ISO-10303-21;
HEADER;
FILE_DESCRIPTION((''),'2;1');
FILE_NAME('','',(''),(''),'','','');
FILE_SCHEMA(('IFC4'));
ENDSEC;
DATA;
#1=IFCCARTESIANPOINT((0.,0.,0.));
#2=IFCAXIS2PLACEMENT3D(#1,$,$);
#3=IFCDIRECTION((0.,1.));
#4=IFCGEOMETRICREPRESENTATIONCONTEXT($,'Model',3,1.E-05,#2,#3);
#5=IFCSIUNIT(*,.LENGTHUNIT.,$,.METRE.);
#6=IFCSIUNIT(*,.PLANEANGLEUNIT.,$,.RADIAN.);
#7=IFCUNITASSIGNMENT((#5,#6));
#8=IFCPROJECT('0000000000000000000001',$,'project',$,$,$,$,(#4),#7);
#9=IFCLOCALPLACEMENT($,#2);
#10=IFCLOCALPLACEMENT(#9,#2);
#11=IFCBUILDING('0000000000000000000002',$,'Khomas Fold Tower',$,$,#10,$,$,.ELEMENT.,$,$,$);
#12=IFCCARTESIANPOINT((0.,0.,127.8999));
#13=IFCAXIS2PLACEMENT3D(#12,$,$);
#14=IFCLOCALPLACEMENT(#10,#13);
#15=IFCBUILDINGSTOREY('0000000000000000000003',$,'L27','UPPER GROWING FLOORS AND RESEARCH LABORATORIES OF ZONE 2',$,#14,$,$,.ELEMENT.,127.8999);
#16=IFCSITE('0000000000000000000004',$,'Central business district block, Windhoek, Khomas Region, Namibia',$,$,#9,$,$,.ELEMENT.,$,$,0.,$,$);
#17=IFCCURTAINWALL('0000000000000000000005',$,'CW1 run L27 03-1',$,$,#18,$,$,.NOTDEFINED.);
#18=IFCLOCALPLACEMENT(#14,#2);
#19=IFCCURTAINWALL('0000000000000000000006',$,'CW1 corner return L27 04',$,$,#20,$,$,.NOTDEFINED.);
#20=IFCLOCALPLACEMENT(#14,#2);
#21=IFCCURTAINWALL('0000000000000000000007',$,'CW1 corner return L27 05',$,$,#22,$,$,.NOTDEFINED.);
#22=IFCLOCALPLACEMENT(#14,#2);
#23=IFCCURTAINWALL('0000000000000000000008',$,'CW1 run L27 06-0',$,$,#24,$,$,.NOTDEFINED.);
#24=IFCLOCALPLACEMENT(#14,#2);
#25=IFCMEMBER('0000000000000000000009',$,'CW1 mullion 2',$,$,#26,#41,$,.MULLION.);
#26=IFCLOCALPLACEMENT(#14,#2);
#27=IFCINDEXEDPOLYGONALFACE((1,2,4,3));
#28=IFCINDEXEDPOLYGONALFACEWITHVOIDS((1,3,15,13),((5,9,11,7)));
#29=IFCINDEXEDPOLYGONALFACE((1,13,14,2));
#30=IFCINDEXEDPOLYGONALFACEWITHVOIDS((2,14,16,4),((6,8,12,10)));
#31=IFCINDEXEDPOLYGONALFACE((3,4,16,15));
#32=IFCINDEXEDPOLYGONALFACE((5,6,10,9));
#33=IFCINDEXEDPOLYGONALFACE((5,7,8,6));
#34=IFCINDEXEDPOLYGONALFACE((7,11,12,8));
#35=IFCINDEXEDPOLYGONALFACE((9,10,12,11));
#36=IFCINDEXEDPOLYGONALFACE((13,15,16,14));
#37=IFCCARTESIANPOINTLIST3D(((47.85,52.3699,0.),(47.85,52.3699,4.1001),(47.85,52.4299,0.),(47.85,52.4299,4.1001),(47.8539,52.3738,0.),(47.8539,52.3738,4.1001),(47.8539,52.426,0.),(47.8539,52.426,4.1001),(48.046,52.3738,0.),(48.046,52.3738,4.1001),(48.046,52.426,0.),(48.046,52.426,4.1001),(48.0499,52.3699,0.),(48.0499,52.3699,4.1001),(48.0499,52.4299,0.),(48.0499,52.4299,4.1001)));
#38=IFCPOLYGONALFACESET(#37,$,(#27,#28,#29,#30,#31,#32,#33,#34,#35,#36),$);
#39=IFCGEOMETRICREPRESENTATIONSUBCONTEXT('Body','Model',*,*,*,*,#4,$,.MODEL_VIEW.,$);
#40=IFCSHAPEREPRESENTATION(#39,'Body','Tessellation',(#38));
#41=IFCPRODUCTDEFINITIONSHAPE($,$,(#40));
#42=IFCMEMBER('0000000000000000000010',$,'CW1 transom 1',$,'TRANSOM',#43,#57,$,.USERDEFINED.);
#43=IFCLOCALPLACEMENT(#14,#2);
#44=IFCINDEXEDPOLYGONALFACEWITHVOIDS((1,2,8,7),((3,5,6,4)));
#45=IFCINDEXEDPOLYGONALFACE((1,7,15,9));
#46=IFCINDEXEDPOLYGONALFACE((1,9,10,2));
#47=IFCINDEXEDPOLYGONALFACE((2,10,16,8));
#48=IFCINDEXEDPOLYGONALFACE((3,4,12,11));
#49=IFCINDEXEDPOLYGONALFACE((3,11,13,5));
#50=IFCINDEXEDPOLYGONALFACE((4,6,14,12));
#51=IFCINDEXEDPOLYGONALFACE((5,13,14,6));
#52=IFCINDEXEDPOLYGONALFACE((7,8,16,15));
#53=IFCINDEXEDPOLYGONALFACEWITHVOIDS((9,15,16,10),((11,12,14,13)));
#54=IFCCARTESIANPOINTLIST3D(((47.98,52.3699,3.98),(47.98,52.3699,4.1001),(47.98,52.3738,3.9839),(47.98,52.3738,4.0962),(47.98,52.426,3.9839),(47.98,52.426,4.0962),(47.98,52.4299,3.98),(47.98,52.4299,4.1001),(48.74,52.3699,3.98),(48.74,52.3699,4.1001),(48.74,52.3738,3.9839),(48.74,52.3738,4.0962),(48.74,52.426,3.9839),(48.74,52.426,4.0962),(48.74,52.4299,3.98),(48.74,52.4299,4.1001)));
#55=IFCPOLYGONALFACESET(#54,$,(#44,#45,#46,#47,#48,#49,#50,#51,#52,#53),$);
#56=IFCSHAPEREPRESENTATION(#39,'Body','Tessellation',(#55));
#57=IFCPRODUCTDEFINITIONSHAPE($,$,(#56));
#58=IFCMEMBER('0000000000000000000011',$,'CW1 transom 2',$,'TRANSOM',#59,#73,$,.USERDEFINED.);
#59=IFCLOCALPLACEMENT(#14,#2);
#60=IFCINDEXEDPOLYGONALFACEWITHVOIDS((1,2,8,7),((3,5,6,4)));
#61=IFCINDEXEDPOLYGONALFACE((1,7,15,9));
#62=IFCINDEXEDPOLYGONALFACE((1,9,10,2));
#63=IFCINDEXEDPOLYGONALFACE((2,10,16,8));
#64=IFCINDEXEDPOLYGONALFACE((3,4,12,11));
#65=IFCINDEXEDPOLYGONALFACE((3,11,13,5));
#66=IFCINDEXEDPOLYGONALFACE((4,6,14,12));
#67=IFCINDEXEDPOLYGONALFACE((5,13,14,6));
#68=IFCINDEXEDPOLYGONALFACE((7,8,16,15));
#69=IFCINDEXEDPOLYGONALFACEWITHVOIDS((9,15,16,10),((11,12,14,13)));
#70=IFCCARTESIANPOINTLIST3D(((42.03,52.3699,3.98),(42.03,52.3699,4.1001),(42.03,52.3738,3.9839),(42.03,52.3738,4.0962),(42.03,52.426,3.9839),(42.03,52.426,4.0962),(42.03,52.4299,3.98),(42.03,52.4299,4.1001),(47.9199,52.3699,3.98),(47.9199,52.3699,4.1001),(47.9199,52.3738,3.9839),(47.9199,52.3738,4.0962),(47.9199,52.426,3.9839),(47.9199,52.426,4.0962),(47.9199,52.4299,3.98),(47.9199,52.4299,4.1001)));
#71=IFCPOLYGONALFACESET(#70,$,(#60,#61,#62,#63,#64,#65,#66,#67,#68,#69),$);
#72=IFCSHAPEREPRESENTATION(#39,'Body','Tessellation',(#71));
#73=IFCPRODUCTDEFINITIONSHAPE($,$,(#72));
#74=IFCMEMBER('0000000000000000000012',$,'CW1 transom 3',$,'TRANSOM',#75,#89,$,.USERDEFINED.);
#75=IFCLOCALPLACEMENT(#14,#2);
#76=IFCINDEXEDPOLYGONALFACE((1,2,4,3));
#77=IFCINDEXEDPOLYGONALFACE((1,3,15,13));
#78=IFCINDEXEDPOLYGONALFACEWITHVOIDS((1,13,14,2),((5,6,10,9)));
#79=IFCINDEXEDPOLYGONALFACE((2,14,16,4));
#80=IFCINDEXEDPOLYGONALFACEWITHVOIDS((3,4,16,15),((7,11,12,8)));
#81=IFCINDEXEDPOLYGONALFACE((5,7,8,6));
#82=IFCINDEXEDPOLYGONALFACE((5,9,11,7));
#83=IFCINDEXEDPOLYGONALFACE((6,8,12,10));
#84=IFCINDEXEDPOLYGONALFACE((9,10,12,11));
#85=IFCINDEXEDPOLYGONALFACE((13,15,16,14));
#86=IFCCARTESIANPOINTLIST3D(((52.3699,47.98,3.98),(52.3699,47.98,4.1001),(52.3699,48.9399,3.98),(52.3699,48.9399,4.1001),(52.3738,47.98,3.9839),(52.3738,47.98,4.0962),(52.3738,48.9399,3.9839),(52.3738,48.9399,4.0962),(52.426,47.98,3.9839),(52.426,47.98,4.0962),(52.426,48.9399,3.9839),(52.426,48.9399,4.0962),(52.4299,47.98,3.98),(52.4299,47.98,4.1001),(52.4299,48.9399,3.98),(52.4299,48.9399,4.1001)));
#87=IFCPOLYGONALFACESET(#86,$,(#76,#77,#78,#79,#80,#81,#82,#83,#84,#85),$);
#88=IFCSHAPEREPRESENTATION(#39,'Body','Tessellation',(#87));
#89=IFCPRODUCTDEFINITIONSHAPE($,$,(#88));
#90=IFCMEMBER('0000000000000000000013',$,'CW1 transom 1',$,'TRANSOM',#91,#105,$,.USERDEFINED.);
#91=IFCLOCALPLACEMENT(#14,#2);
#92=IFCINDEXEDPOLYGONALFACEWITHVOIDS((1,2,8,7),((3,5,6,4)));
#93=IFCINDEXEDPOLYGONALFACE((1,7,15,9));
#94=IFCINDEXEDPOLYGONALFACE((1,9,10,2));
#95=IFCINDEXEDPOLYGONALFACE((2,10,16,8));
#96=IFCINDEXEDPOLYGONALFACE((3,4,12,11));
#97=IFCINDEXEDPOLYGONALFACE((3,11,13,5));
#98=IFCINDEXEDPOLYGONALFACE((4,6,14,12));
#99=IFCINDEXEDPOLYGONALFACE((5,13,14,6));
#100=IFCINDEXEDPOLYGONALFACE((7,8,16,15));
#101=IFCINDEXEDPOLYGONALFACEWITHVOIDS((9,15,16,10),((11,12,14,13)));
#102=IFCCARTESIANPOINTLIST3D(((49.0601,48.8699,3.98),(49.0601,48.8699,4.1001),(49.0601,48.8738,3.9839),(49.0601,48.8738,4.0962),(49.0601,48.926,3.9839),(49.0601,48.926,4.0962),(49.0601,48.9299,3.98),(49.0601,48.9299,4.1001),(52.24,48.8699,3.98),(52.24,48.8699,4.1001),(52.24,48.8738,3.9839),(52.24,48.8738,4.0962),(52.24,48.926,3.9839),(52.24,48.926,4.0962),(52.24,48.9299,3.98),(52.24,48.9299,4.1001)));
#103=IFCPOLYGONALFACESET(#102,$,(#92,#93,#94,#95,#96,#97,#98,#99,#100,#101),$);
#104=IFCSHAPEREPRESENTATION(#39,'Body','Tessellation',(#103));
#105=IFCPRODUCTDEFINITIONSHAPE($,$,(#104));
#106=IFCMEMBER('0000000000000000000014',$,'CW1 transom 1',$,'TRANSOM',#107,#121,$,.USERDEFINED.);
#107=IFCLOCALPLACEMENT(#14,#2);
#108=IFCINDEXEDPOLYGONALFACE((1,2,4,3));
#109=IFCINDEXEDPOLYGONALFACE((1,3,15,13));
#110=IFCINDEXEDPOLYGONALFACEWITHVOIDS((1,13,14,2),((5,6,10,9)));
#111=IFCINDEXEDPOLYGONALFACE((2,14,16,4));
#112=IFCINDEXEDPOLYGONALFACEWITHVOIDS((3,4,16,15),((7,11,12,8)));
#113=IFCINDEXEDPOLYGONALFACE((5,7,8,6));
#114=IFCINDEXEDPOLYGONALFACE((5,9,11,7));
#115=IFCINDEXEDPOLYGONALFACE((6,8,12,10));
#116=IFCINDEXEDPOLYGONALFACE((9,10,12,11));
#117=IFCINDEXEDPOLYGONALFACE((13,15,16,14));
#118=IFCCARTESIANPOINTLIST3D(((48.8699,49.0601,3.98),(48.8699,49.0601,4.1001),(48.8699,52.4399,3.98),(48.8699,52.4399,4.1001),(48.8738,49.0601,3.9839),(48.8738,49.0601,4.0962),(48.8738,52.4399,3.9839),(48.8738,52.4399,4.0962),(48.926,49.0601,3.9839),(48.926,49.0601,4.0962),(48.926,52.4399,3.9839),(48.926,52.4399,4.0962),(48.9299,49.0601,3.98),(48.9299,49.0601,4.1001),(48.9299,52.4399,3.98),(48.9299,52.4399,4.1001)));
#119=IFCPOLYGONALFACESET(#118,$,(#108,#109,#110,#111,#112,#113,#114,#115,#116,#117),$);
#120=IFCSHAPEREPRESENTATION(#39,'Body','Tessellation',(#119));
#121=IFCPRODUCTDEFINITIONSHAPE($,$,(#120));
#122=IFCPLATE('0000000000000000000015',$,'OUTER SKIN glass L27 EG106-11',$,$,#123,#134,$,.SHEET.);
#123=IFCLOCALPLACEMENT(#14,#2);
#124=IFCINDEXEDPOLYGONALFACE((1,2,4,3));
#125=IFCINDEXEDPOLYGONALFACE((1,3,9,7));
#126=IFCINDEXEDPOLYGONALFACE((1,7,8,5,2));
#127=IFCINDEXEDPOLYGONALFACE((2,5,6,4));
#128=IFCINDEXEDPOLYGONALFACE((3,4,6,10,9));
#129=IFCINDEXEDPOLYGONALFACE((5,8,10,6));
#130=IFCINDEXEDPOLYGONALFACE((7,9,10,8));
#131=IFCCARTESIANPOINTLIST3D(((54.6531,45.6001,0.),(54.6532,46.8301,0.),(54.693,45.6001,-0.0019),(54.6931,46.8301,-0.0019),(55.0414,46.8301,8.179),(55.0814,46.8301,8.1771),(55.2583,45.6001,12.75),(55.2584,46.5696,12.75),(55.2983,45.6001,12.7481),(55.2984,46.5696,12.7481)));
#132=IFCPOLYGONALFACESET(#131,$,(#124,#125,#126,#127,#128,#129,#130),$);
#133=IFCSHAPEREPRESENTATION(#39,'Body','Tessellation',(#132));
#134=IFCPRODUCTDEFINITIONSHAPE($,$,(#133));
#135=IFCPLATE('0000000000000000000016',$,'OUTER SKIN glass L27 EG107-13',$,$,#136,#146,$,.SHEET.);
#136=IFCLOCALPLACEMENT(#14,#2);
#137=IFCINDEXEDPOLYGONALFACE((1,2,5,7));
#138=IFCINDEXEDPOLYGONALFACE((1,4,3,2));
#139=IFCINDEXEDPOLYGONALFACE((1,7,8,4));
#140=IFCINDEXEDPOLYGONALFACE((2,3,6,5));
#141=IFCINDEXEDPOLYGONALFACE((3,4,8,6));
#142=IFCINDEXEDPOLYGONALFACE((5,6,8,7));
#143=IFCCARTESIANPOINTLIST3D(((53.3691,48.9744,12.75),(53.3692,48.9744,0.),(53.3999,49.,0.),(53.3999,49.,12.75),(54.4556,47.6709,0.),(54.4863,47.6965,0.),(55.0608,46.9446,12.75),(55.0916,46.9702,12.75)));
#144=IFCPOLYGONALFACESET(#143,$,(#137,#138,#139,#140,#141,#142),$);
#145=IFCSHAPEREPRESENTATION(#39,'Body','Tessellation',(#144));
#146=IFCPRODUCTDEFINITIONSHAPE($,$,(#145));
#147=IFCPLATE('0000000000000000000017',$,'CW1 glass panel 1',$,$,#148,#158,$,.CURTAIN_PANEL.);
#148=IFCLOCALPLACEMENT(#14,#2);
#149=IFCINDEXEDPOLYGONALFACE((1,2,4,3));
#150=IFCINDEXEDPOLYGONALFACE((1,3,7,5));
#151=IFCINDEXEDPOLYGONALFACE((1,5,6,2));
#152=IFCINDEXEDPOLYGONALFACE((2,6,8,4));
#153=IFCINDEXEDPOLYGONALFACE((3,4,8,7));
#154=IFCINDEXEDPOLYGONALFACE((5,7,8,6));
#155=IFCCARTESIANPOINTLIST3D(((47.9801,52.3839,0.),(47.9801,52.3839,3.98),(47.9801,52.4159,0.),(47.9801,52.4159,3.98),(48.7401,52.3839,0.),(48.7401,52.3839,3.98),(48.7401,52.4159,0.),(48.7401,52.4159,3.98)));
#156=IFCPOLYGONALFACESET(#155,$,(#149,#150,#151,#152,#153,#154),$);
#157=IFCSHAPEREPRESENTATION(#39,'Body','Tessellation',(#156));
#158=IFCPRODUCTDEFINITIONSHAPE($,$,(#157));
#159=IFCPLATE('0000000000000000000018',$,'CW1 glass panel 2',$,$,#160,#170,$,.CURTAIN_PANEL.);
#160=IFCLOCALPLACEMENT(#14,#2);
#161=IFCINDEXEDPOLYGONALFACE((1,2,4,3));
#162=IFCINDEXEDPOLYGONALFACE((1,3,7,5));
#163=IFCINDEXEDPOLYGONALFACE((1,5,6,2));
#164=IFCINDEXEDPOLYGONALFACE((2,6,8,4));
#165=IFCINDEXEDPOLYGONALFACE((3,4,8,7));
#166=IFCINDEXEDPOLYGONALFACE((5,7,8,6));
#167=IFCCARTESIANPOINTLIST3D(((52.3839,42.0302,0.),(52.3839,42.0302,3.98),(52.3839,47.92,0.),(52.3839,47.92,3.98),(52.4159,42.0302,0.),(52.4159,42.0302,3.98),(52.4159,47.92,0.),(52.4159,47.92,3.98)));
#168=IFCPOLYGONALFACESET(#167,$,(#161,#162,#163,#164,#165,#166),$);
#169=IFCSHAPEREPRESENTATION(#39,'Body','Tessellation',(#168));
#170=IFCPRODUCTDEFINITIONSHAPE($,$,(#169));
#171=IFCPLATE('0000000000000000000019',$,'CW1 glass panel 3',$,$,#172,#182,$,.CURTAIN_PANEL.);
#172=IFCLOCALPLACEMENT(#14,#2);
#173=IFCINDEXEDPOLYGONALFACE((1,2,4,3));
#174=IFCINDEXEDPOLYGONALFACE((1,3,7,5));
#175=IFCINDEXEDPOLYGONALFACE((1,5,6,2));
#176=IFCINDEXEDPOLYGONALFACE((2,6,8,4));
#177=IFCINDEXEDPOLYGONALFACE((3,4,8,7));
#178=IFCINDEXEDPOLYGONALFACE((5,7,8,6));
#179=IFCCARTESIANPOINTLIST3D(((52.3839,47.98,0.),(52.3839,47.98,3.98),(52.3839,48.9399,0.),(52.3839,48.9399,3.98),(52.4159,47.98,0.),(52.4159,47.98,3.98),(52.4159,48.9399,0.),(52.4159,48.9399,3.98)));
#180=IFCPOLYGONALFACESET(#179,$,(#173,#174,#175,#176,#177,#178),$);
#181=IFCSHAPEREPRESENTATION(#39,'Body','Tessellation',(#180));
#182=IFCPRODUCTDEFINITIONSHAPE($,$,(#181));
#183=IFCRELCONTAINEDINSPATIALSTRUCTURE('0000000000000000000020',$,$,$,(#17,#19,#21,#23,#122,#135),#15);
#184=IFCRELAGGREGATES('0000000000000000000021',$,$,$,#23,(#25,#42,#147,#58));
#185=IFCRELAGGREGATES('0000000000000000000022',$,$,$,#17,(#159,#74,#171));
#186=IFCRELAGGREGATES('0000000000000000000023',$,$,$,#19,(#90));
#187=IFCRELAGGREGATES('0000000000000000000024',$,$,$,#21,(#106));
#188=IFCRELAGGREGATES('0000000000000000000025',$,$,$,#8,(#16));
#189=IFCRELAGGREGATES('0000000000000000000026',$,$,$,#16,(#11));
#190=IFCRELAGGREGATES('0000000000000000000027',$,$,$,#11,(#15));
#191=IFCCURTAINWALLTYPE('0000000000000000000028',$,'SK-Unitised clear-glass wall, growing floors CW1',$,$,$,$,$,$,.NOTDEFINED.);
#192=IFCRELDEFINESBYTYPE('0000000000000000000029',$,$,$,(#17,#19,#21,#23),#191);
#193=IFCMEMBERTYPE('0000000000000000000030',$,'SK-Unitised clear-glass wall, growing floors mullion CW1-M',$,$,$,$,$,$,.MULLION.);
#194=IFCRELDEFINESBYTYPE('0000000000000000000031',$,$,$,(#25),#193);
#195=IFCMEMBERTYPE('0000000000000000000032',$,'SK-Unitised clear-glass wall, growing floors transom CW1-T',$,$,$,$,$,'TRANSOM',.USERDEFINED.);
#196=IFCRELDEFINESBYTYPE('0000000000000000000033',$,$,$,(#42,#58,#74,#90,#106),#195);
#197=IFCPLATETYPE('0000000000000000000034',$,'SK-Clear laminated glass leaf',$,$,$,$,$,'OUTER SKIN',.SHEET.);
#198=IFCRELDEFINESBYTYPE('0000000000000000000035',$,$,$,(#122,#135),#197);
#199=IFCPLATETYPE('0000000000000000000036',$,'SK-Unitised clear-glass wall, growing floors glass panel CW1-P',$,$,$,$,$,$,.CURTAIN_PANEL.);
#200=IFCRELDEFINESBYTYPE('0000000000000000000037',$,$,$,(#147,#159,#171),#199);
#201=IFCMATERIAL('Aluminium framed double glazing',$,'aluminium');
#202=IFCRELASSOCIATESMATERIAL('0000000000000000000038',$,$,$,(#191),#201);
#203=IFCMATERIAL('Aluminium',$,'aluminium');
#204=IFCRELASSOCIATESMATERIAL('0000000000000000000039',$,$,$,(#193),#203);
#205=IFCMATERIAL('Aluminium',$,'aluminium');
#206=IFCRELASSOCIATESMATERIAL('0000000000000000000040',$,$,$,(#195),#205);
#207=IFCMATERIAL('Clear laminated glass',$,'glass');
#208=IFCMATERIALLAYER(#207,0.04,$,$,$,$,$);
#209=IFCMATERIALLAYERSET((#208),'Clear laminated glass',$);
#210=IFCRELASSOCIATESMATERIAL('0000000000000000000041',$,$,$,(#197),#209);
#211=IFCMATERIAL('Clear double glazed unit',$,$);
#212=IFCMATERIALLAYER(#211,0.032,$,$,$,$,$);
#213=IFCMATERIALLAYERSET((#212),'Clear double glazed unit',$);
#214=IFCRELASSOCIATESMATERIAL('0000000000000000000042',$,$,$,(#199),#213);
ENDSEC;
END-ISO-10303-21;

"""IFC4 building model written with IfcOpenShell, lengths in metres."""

from ifc_helpers import new_model, si_unit, direction, frame, origin, origin_2d, place, context, subcontext, project, spatial, polyline, rectangle, hollow_rectangle, outline, extrude, source, transform, mapped, material, layer, layer_set, material_profile, profile_set, type_object, element, aggregate, save


model = new_model("IFC4")

# Units and contexts
model_context = context("Model", 3, precision=1e-05, world=origin(), true_north=direction((0.0, 1.0)))
body_context = subcontext(model_context, "Body", "Model", "MODEL_VIEW")
ifc_project = project(units=[si_unit("LENGTHUNIT", "METRE"), si_unit("PLANEANGLEUNIT", "RADIAN")], contexts=[model_context])

# Site, building, storey
site_placement = place(None, origin())
site = spatial("IfcSite", under=ifc_project, at=site_placement, Name="Central business district block, Windhoek, Khomas Region, Namibia", CompositionType="ELEMENT", RefElevation=0.0)
building_placement = place(site_placement, origin())
building = spatial("IfcBuilding", under=site, at=building_placement, Name="Khomas Fold Tower", CompositionType="ELEMENT")
storey_placement = place(building_placement, frame((0.0, 0.0, 127.8999)))
storey = spatial("IfcBuildingStorey", under=building, at=storey_placement, Name="L27", Description="UPPER GROWING FLOORS AND RESEARCH LABORATORIES OF ZONE 2", CompositionType="ELEMENT", Elevation=127.8999)

# Curtain walls, members
ifc_material_1 = material(Name="Aluminium framed double glazing", Category="aluminium")
curtain_wall_type = type_object("IfcCurtainWallType", Name="SK-Unitised clear-glass wall, growing floors CW1", PredefinedType="NOTDEFINED", material=ifc_material_1)
curtain_wall_1_placement = place(storey_placement, origin())
curtain_wall_1 = element("IfcCurtainWall", 1, at=curtain_wall_1_placement, inside=storey, type_object=curtain_wall_type, Name="CW1 run L27 03-1", PredefinedType="NOTDEFINED")
ifc_material_2 = material(Name="Aluminium", Category="aluminium")
ifc_material_profile_1 = material_profile(ifc_material_2, hollow_rectangle(XDim=0.0601, YDim=0.2, WallThickness=0.0039, at=origin_2d()), Name="SK-Unitised clear-glass wall, growing floors mullion CW1-M")
ifc_profile_set_1 = profile_set([ifc_material_profile_1], Name="Aluminium")
member_type_1 = type_object("IfcMemberType", Name="SK-Unitised clear-glass wall, growing floors mullion CW1-M", PredefinedType="MULLION", material=ifc_profile_set_1)
shared_shape_1 = source(origin(), body_context, "Body", "SweptSolid", [
    extrude(hollow_rectangle(XDim=0.0601, YDim=0.2, WallThickness=0.0039, at=origin_2d()), origin(), (0.0, 0.0, 1.0), 4.1001),
])
curtain_wall_2_placement = place(storey_placement, origin())
curtain_wall_2 = element("IfcCurtainWall", 2, at=curtain_wall_2_placement, inside=storey, type_object=curtain_wall_type, Name="CW1 corner return L27 04", PredefinedType="NOTDEFINED")
curtain_wall_3_placement = place(storey_placement, origin())
curtain_wall_3 = element("IfcCurtainWall", 3, at=curtain_wall_3_placement, inside=storey, type_object=curtain_wall_type, Name="CW1 corner return L27 05", PredefinedType="NOTDEFINED")
curtain_wall_4_placement = place(storey_placement, origin())
curtain_wall_4 = element("IfcCurtainWall", 4, at=curtain_wall_4_placement, inside=storey, type_object=curtain_wall_type, Name="CW1 run L27 06-0", PredefinedType="NOTDEFINED")
member_1_placement = place(storey_placement, frame((47.95, 52.3999, 0.0), z_axis=(0.0, 0.0, 1.0), x_axis=(0.0, -1.0, 0.0)))
member_1 = element("IfcMember", 5, at=member_1_placement, type_object=member_type_1, Name="CW1 mullion 2", PredefinedType="MULLION", context=body_context, shape_type="MappedRepresentation", body=[
    mapped(shared_shape_1, transform((0.0, 0.0, 0.0))),
])
ifc_material_3 = material(Name="Aluminium", Category="aluminium")
ifc_material_profile_2 = material_profile(ifc_material_3, hollow_rectangle(XDim=0.0601, YDim=0.1201, WallThickness=0.0039, at=origin_2d()), Name="SK-Unitised clear-glass wall, growing floors transom CW1-T")
ifc_profile_set_2 = profile_set([ifc_material_profile_2], Name="Aluminium")
member_type_2 = type_object("IfcMemberType", Name="SK-Unitised clear-glass wall, growing floors transom CW1-T", ElementType="TRANSOM", PredefinedType="USERDEFINED", material=ifc_profile_set_2)
shared_shape_2 = source(origin(), body_context, "Body", "SweptSolid", [
    extrude(hollow_rectangle(XDim=0.0601, YDim=0.1201, WallThickness=0.0039, at=origin_2d()), origin(), (0.0, 0.0, 1.0), 0.76),
])
member_2_placement = place(storey_placement, frame((48.74, 52.3999, 4.04), z_axis=(-1.0, 0.0, 0.0), x_axis=(0.0, -1.0, 0.0)))
member_2 = element("IfcMember", 6, at=member_2_placement, type_object=member_type_2, Name="CW1 transom 1", ObjectType="TRANSOM", PredefinedType="USERDEFINED", context=body_context, shape_type="MappedRepresentation", body=[
    mapped(shared_shape_2, transform((0.0, 0.0, 0.0))),
])
shared_shape_3 = source(origin(), body_context, "Body", "SweptSolid", [
    extrude(hollow_rectangle(XDim=0.0601, YDim=0.1201, WallThickness=0.0039, at=origin_2d()), origin(), (0.0, 0.0, 1.0), 5.8899),
])
member_3_placement = place(storey_placement, frame((47.9199, 52.3999, 4.04), z_axis=(-1.0, 0.0, 0.0), x_axis=(0.0, -1.0, 0.0)))
member_3 = element("IfcMember", 7, at=member_3_placement, type_object=member_type_2, Name="CW1 transom 2", ObjectType="TRANSOM", PredefinedType="USERDEFINED", context=body_context, shape_type="MappedRepresentation", body=[
    mapped(shared_shape_3, transform((0.0, 0.0, 0.0))),
])

# Members
shared_shape_4 = source(origin(), body_context, "Body", "SweptSolid", [
    extrude(hollow_rectangle(XDim=0.0601, YDim=0.1201, WallThickness=0.0039, at=origin_2d()), origin(), (0.0, 0.0, 1.0), 0.96),
])
member_4_placement = place(storey_placement, frame((52.3999, 47.98, 4.04), z_axis=(0.0, 1.0, 0.0), x_axis=(-1.0, 0.0, 0.0)))
member_4 = element("IfcMember", 8, at=member_4_placement, type_object=member_type_2, Name="CW1 transom 3", ObjectType="TRANSOM", PredefinedType="USERDEFINED", context=body_context, shape_type="MappedRepresentation", body=[
    mapped(shared_shape_4, transform((0.0, 0.0, 0.0))),
])
shared_shape_5 = source(origin(), body_context, "Body", "SweptSolid", [
    extrude(hollow_rectangle(XDim=0.0601, YDim=0.1201, WallThickness=0.0039, at=origin_2d()), origin(), (0.0, 0.0, 1.0), 3.1799),
])
member_5_placement = place(storey_placement, frame((52.24, 48.8999, 4.04), z_axis=(-1.0, 0.0, 0.0), x_axis=(0.0, -1.0, 0.0)))
member_5 = element("IfcMember", 9, at=member_5_placement, type_object=member_type_2, Name="CW1 transom 1", ObjectType="TRANSOM", PredefinedType="USERDEFINED", context=body_context, shape_type="MappedRepresentation", body=[
    mapped(shared_shape_5, transform((0.0, 0.0, 0.0))),
])
shared_shape_6 = source(origin(), body_context, "Body", "SweptSolid", [
    extrude(hollow_rectangle(XDim=0.0601, YDim=0.1201, WallThickness=0.0039, at=origin_2d()), origin(), (0.0, 0.0, 1.0), 3.3799),
])
member_6_placement = place(storey_placement, frame((48.8999, 49.0601, 4.04), z_axis=(0.0, 1.0, 0.0), x_axis=(-1.0, 0.0, 0.0)))
member_6 = element("IfcMember", 10, at=member_6_placement, type_object=member_type_2, Name="CW1 transom 1", ObjectType="TRANSOM", PredefinedType="USERDEFINED", context=body_context, shape_type="MappedRepresentation", body=[
    mapped(shared_shape_6, transform((0.0, 0.0, 0.0))),
])

# Plates
ifc_material_4 = material(Name="Clear laminated glass", Category="glass")
ifc_layer_1 = layer(ifc_material_4, 0.04)
ifc_layer_set_1 = layer_set([ifc_layer_1], Name="Clear laminated glass")
plate_type_1 = type_object("IfcPlateType", Name="SK-Clear laminated glass leaf", ElementType="OUTER SKIN", PredefinedType="SHEET", material=ifc_layer_set_1)
plate_1_placement = place(storey_placement, frame((55.2583, 45.6001, 12.75), z_axis=(-0.998875, 0.000078, 0.047417), x_axis=(0.000078, 1.0, -0.000004)))
element("IfcPlate", 11, at=plate_1_placement, inside=storey, type_object=plate_type_1, Name="OUTER SKIN glass L27 EG106-11", PredefinedType="SHEET", context=body_context, shape_type="SweptSolid", body=[
    extrude(outline(polyline([(0.0, 0.0), (0.9695, 0.0), (1.23, 4.5762), (1.23, 12.7644), (0.0, 12.7644), (0.0, 0.0)])), origin(), (0.0, 0.0, -1.0), 0.04),
])
plate_2_placement = place(storey_placement, frame((54.4863, 47.6965, 0.0), z_axis=(0.76818, 0.640234, 0.000004), x_axis=(0.047341, -0.056808, 0.997262)))
element("IfcPlate", 12, at=plate_2_placement, inside=storey, type_object=plate_type_1, Name="OUTER SKIN glass L27 EG107-13", PredefinedType="SHEET", context=body_context, shape_type="SweptSolid", body=[
    extrude(outline(polyline([(0.0, 0.0), (12.785, 0.0), (12.5896, -2.6351), (-0.1255, -1.6922), (0.0, 0.0)])), origin(), (0.0, 0.0, -1.0), 0.04),
])

# Plates
ifc_material_5 = material(Name="Clear double glazed unit")
ifc_layer_2 = layer(ifc_material_5, 0.032)
ifc_layer_set_2 = layer_set([ifc_layer_2], Name="Clear double glazed unit")
plate_type_2 = type_object("IfcPlateType", Name="SK-Unitised clear-glass wall, growing floors glass panel CW1-P", PredefinedType="CURTAIN_PANEL", material=ifc_layer_set_2)
shared_shape_7 = source(origin(), body_context, "Body", "SweptSolid", [
    extrude(rectangle(XDim=0.76, YDim=0.032, at=origin_2d()), origin(), (0.0, 0.0, 1.0), 3.98),
])
plate_3_placement = place(storey_placement, frame((48.3601, 52.3999, 0.0), z_axis=(0.0, 0.0, 1.0), x_axis=(-1.0, 0.0, 0.0)))
plate_3 = element("IfcPlate", 13, at=plate_3_placement, type_object=plate_type_2, Name="CW1 glass panel 1", PredefinedType="CURTAIN_PANEL", context=body_context, shape_type="MappedRepresentation", body=[
    mapped(shared_shape_7, transform((0.0, 0.0, 0.0))),
])
aggregate(curtain_wall_4, [member_1, member_2, plate_3, member_3])
shared_shape_8 = source(origin(), body_context, "Body", "SweptSolid", [
    extrude(rectangle(XDim=5.8899, YDim=0.032, at=origin_2d()), origin(), (0.0, 0.0, 1.0), 3.98),
])
plate_4_placement = place(storey_placement, frame((52.3999, 44.9751, 0.0), z_axis=(0.0, 0.0, 1.0), x_axis=(0.0, 1.0, 0.0)))
plate_4 = element("IfcPlate", 14, at=plate_4_placement, type_object=plate_type_2, Name="CW1 glass panel 2", PredefinedType="CURTAIN_PANEL", context=body_context, shape_type="MappedRepresentation", body=[
    mapped(shared_shape_8, transform((0.0, 0.0, 0.0))),
])
shared_shape_9 = source(origin(), body_context, "Body", "SweptSolid", [
    extrude(rectangle(XDim=0.96, YDim=0.032, at=origin_2d()), origin(), (0.0, 0.0, 1.0), 3.98),
])
plate_5_placement = place(storey_placement, frame((52.3999, 48.46, 0.0), z_axis=(0.0, 0.0, 1.0), x_axis=(0.0, 1.0, 0.0)))
plate_5 = element("IfcPlate", 15, at=plate_5_placement, type_object=plate_type_2, Name="CW1 glass panel 3", PredefinedType="CURTAIN_PANEL", context=body_context, shape_type="MappedRepresentation", body=[
    mapped(shared_shape_9, transform((0.0, 0.0, 0.0))),
])
aggregate(curtain_wall_1, [plate_4, member_4, plate_5])
aggregate(curtain_wall_2, [member_5])
aggregate(curtain_wall_3, [member_6])

save(model, "model.ifc")
